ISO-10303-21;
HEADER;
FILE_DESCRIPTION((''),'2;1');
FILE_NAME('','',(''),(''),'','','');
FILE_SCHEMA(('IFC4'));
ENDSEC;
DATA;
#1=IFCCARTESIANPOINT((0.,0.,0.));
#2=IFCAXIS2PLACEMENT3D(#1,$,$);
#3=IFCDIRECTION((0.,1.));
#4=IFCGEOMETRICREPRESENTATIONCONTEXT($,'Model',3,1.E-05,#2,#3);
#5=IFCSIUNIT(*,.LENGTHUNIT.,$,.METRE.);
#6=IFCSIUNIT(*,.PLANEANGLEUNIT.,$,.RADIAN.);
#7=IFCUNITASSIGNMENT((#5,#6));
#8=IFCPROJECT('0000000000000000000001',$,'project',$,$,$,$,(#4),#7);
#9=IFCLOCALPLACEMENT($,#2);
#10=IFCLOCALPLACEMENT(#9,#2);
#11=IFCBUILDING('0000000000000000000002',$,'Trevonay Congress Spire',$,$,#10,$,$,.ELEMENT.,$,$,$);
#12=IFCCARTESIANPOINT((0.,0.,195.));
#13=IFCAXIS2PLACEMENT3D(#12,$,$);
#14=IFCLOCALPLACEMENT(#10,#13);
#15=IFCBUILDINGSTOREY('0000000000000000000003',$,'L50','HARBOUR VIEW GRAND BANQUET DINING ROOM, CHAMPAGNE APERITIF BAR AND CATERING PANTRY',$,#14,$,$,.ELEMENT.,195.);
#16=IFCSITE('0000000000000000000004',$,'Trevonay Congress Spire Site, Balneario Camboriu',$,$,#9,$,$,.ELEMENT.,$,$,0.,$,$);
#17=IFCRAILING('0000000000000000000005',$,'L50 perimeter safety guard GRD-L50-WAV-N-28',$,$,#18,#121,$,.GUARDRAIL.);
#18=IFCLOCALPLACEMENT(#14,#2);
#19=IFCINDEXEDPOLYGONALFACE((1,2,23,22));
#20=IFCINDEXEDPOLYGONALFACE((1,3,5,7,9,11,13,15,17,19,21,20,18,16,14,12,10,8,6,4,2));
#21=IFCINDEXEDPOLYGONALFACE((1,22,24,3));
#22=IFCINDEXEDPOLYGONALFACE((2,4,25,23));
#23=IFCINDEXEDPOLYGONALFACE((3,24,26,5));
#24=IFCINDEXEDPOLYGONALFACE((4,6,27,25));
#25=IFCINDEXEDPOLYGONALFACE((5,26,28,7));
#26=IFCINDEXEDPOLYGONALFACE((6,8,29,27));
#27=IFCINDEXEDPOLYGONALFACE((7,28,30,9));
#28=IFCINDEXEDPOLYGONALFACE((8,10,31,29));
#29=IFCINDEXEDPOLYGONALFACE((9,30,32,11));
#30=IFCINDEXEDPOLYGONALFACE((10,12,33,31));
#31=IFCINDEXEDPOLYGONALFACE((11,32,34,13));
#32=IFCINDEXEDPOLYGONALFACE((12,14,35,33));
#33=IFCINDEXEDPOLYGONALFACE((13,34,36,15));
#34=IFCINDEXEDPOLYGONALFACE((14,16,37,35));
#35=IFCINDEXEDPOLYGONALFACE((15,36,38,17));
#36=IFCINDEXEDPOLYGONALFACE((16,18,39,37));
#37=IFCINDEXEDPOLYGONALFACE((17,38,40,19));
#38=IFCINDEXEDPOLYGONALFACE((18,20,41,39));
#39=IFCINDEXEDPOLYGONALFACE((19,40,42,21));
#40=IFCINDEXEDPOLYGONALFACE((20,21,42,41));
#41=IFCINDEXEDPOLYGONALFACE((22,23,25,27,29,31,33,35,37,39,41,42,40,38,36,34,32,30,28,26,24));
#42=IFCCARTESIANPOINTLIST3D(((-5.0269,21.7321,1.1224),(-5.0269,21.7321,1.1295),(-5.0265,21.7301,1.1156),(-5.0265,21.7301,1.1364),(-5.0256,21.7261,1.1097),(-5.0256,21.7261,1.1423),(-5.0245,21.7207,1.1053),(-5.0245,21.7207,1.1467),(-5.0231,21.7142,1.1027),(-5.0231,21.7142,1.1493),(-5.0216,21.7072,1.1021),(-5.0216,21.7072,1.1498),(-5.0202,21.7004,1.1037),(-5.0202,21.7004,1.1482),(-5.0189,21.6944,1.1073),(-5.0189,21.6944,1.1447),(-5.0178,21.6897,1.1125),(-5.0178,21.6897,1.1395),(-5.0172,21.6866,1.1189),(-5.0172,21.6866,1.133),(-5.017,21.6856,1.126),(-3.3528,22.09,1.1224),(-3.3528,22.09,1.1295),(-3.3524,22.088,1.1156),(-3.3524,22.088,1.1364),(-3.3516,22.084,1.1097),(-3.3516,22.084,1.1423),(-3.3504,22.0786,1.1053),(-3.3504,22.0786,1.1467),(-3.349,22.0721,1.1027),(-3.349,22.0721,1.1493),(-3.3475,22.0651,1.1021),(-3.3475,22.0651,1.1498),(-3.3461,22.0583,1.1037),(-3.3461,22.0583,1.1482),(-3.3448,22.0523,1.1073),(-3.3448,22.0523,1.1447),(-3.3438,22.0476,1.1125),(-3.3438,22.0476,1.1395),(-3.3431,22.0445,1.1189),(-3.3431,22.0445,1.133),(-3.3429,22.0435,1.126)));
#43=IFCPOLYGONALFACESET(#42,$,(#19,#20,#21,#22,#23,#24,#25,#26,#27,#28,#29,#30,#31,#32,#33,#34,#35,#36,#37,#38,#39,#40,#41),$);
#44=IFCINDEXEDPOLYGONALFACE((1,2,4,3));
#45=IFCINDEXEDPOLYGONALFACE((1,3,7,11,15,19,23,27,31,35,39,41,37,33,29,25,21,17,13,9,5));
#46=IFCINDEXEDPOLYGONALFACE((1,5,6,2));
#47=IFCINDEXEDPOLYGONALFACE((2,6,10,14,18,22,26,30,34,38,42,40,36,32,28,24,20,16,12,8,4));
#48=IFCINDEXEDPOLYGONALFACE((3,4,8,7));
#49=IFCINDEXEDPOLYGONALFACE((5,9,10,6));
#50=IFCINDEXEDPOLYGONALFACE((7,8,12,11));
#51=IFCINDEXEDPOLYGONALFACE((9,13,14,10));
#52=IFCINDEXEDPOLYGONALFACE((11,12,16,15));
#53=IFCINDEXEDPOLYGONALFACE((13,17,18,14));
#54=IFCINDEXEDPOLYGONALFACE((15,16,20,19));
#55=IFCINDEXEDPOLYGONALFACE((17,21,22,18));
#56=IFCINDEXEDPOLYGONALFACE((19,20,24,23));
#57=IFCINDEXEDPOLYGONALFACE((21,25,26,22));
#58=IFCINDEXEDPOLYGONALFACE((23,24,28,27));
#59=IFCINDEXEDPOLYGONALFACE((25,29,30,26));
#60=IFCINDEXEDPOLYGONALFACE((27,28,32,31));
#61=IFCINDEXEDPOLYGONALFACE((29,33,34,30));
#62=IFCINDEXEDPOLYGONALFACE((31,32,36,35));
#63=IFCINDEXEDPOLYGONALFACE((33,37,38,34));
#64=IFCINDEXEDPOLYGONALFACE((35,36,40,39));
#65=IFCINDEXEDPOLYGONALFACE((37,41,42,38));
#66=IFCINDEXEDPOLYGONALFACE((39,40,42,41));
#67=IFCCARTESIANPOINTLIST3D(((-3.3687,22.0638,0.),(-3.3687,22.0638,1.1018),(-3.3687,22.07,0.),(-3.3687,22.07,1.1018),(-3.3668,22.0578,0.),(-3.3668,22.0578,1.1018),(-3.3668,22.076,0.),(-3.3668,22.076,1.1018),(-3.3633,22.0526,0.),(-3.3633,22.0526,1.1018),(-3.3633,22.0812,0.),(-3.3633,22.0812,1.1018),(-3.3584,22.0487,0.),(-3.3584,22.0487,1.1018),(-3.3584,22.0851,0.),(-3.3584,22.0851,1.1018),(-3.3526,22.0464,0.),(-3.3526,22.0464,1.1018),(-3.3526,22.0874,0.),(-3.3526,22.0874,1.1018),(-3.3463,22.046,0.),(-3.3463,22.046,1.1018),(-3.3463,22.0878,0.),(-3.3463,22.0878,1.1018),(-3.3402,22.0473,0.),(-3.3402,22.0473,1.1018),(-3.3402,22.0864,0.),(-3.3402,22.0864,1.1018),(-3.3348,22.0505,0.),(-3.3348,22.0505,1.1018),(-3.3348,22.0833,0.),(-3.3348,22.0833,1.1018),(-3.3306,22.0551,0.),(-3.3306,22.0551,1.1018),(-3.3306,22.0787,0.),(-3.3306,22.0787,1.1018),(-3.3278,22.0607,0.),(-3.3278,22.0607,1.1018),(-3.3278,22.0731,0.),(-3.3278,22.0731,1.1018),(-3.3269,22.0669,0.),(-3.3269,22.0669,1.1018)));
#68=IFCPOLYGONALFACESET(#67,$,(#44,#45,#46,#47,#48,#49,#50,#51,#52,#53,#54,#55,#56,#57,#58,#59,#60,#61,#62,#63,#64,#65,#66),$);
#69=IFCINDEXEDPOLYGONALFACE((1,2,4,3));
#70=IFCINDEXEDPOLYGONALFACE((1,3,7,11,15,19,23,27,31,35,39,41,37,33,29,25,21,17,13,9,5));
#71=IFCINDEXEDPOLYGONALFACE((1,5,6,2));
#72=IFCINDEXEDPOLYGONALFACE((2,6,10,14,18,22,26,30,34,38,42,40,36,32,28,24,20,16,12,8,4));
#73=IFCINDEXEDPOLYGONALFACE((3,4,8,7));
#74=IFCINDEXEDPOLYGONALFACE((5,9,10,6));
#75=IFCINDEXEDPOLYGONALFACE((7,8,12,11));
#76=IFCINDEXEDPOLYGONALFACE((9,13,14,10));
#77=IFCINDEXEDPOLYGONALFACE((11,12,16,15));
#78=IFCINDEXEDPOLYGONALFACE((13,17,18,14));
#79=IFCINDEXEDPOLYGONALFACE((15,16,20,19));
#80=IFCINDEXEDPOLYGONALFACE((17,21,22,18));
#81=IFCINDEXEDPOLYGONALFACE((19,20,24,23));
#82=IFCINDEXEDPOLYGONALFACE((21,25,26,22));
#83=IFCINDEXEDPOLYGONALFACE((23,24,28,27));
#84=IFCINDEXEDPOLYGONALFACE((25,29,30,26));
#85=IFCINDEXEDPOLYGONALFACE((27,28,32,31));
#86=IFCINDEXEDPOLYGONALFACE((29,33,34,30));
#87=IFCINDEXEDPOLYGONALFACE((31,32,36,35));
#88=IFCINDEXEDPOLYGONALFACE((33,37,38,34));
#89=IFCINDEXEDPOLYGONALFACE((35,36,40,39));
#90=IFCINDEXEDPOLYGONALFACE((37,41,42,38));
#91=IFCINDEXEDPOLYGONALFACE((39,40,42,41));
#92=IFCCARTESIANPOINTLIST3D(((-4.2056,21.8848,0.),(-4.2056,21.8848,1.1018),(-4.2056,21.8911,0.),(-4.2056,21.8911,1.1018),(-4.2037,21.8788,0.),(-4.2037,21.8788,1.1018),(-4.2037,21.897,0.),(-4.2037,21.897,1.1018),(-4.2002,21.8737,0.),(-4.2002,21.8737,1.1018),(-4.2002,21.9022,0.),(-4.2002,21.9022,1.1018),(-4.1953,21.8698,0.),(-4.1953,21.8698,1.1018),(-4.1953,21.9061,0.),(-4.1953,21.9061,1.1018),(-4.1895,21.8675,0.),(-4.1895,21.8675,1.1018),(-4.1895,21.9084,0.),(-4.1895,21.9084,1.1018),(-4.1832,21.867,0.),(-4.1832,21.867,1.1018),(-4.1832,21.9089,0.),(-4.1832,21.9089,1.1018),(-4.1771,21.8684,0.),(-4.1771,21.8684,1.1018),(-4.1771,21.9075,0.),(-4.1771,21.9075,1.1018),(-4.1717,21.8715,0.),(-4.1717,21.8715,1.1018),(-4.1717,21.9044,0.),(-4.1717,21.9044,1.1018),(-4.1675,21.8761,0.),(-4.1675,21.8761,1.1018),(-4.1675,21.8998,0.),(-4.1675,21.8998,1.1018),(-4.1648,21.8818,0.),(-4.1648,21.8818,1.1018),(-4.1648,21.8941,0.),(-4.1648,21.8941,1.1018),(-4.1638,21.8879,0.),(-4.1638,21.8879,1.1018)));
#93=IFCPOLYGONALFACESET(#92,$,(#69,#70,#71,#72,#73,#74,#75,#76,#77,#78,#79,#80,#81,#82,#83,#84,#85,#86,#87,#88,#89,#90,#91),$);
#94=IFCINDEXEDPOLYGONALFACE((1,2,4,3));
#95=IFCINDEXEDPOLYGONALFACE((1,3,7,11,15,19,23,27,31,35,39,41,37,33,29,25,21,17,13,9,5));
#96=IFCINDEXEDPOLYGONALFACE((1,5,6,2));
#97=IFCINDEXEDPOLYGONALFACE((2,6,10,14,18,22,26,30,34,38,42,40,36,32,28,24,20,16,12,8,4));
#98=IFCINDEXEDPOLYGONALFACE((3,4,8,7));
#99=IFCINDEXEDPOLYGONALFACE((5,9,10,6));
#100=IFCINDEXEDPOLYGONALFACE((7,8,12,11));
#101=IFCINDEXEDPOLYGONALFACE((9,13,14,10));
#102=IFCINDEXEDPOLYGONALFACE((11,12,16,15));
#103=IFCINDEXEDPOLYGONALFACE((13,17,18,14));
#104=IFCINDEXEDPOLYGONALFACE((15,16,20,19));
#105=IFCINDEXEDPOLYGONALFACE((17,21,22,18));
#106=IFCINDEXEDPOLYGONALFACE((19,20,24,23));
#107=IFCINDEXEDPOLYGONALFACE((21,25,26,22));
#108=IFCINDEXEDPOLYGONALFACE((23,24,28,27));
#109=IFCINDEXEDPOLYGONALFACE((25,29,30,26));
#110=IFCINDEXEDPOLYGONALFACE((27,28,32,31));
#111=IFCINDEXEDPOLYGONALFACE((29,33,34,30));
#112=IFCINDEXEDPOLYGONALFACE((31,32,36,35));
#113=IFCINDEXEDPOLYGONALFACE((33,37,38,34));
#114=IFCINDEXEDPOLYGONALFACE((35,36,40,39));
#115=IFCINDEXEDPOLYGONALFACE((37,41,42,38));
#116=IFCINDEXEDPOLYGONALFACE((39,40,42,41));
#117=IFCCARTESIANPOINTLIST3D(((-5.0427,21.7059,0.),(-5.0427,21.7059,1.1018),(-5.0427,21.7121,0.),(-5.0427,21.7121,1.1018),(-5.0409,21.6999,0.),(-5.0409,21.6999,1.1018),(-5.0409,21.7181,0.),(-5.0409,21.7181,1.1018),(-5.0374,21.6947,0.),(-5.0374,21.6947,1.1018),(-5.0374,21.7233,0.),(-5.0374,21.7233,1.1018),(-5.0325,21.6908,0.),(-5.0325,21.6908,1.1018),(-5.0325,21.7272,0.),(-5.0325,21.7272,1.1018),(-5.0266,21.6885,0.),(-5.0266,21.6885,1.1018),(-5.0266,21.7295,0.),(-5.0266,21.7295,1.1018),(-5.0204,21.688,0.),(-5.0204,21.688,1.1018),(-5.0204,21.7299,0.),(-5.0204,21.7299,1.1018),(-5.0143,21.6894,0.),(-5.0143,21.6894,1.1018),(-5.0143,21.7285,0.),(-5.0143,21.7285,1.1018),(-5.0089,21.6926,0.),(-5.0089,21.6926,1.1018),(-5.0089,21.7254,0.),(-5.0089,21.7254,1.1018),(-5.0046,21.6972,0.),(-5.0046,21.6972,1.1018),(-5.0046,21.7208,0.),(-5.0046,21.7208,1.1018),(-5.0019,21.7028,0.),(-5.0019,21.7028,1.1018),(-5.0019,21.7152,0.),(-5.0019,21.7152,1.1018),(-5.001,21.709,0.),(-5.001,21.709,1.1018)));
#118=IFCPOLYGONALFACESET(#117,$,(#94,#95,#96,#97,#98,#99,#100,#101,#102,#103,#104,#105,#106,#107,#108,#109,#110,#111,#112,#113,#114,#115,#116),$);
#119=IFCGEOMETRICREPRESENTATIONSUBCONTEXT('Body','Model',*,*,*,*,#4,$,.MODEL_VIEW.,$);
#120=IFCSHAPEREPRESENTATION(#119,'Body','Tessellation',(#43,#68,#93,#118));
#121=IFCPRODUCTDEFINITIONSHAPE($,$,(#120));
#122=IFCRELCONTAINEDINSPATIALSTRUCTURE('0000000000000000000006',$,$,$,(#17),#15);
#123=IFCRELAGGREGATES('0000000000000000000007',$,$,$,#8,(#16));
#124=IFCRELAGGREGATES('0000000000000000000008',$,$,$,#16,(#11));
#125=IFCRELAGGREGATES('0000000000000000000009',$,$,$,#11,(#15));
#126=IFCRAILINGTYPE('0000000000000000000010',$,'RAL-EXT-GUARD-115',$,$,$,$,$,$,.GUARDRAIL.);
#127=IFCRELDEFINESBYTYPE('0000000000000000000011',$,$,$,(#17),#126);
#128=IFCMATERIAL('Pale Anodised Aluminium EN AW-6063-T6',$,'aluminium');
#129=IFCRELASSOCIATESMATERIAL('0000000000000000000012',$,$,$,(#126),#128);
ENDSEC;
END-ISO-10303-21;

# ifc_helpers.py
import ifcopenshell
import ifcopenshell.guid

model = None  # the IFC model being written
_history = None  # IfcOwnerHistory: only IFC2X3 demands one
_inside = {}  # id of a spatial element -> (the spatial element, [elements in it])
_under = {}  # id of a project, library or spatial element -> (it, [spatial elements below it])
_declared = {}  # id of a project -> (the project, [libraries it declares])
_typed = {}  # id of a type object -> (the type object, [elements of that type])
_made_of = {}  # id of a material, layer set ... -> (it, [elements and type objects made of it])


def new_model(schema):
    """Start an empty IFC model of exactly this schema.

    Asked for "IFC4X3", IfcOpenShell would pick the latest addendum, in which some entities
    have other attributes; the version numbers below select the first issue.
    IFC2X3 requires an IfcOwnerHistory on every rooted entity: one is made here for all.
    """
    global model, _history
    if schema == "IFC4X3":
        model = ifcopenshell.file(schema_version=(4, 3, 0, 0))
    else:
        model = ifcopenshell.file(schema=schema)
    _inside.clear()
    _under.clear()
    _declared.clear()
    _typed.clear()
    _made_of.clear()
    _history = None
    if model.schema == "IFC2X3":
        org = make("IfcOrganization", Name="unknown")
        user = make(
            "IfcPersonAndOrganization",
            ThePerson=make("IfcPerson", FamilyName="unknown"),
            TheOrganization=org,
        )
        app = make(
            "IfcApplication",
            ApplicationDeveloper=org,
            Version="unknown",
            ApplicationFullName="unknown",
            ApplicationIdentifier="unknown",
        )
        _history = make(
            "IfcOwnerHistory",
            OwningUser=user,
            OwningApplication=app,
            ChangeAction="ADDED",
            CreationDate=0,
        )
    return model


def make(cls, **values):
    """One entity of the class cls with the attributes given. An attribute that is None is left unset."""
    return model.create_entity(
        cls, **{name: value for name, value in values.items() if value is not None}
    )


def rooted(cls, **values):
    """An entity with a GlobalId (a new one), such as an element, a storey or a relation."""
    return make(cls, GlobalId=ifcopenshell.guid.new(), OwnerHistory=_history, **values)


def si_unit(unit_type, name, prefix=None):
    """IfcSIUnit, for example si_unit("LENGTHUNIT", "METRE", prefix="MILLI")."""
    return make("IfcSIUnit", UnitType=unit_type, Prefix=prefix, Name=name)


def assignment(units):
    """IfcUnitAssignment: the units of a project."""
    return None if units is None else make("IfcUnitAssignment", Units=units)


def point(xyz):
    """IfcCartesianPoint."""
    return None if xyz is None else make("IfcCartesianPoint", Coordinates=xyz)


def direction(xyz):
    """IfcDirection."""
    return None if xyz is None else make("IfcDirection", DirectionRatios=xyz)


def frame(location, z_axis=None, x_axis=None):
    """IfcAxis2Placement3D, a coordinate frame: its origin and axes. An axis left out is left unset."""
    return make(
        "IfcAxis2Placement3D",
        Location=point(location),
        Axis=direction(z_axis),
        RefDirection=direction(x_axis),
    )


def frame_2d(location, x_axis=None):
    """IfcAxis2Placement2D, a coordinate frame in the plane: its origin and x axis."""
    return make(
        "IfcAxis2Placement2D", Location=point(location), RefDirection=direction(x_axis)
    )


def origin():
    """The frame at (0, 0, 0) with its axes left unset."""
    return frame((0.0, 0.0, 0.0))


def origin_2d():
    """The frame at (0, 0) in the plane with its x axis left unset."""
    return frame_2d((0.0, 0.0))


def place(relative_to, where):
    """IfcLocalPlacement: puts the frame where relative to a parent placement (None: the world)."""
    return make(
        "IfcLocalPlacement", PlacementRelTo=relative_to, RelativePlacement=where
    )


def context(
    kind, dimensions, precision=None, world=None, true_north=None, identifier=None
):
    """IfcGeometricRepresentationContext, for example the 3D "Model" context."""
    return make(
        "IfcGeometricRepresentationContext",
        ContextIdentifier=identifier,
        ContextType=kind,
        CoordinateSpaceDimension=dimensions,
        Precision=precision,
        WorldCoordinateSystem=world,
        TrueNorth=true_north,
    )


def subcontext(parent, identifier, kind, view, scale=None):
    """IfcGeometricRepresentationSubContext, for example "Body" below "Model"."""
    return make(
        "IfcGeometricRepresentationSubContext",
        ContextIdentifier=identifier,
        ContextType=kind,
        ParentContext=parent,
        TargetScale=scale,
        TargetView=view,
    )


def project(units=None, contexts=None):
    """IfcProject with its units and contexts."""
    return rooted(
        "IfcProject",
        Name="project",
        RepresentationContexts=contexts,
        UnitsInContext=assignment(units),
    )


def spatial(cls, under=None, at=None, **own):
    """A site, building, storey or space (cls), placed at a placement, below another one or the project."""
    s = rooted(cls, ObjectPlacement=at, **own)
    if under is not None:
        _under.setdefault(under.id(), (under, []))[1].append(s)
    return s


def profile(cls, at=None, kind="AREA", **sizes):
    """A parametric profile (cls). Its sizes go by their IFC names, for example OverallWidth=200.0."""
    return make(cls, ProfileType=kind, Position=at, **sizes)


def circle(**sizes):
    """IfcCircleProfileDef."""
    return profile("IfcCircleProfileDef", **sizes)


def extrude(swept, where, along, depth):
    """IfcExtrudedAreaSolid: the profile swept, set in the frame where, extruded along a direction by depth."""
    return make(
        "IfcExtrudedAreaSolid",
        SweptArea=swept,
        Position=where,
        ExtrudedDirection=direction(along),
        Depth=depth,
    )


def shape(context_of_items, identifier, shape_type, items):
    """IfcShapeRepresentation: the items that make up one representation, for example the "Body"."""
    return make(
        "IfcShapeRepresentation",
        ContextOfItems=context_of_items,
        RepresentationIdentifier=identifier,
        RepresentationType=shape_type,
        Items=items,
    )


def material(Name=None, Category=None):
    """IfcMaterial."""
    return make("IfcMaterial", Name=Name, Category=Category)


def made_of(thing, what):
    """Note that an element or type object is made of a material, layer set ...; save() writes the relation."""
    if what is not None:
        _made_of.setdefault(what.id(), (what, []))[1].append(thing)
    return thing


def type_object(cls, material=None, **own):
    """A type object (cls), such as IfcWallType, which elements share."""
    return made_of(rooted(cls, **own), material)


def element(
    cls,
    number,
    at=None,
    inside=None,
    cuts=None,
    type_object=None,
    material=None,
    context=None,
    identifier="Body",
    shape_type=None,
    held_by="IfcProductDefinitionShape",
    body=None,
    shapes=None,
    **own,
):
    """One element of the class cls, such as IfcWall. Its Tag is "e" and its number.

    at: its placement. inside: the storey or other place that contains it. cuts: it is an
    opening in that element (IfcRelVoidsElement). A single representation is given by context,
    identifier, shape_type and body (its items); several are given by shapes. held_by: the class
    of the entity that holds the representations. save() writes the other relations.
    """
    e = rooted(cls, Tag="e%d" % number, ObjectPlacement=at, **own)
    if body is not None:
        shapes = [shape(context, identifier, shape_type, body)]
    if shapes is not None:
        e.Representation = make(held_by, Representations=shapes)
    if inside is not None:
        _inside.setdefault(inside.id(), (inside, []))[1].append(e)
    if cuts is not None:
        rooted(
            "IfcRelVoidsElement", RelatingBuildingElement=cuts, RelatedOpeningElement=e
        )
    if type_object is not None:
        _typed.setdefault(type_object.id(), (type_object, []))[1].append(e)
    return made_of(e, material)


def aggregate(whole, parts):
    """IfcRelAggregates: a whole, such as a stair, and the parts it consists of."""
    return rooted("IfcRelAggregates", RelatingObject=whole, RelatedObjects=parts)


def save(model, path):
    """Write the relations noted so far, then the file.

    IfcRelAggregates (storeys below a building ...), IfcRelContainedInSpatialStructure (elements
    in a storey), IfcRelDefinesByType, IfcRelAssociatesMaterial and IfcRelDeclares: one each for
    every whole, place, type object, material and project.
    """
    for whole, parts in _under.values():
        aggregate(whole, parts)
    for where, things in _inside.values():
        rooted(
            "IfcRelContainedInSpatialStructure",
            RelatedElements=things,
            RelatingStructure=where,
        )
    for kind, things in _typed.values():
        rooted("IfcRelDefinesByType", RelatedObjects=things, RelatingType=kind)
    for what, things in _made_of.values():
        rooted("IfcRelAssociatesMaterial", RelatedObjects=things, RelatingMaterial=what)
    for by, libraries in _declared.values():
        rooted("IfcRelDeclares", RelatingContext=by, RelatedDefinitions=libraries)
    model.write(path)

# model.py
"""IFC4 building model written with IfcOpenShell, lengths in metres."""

from ifc_helpers import new_model, si_unit, direction, frame, origin, origin_2d, place, context, subcontext, project, spatial, circle, extrude, material, type_object, element, save


model = new_model("IFC4")

# Units and contexts
model_context = context("Model", 3, precision=1e-05, world=origin(), true_north=direction((0.0, 1.0)))
body_context = subcontext(model_context, "Body", "Model", "MODEL_VIEW")
ifc_project = project(units=[si_unit("LENGTHUNIT", "METRE"), si_unit("PLANEANGLEUNIT", "RADIAN")], contexts=[model_context])

# Site, building, storey
site_placement = place(None, origin())
site = spatial("IfcSite", under=ifc_project, at=site_placement, Name="Trevonay Congress Spire Site, Balneario Camboriu", CompositionType="ELEMENT", RefElevation=0.0)
building_placement = place(site_placement, origin())
building = spatial("IfcBuilding", under=site, at=building_placement, Name="Trevonay Congress Spire", CompositionType="ELEMENT")
storey_placement = place(building_placement, frame((0.0, 0.0, 195.0)))
storey = spatial("IfcBuildingStorey", under=building, at=storey_placement, Name="L50", Description="HARBOUR VIEW GRAND BANQUET DINING ROOM, CHAMPAGNE APERITIF BAR AND CATERING PANTRY", CompositionType="ELEMENT", Elevation=195.0)

# Shared definitions
ifc_material_1 = material(Name="Pale Anodised Aluminium EN AW-6063-T6", Category="aluminium")

# Railing
railing_type = type_object("IfcRailingType", Name="RAL-EXT-GUARD-115", PredefinedType="GUARDRAIL", material=ifc_material_1)
railing_1_placement = place(storey_placement, frame((-3.3479, 22.0669, 0.0)))
element("IfcRailing", 1, at=railing_1_placement, inside=storey, type_object=railing_type, Name="L50 perimeter safety guard GRD-L50-WAV-N-28", PredefinedType="GUARDRAIL", context=body_context, shape_type="SweptSolid", body=[
    extrude(circle(Radius=0.0239, at=origin_2d()), frame((0.0, 0.0, 1.126), z_axis=(-0.9779, -0.209071, 0.0), x_axis=(0.209071, -0.9779, 0.0)), (0.0, 0.0, 1.0), 1.7119),
    extrude(circle(Radius=0.021, at=origin_2d()), origin(), (0.0, 0.0, 1.0), 1.1018),
    extrude(circle(Radius=0.021, at=origin_2d()), frame((-0.8369, -0.179, 0.0)), (0.0, 0.0, 1.0), 1.1018),
    extrude(circle(Radius=0.021, at=origin_2d()), frame((-1.6741, -0.3579, 0.0)), (0.0, 0.0, 1.0), 1.1018),
])

save(model, "model.ifc")
